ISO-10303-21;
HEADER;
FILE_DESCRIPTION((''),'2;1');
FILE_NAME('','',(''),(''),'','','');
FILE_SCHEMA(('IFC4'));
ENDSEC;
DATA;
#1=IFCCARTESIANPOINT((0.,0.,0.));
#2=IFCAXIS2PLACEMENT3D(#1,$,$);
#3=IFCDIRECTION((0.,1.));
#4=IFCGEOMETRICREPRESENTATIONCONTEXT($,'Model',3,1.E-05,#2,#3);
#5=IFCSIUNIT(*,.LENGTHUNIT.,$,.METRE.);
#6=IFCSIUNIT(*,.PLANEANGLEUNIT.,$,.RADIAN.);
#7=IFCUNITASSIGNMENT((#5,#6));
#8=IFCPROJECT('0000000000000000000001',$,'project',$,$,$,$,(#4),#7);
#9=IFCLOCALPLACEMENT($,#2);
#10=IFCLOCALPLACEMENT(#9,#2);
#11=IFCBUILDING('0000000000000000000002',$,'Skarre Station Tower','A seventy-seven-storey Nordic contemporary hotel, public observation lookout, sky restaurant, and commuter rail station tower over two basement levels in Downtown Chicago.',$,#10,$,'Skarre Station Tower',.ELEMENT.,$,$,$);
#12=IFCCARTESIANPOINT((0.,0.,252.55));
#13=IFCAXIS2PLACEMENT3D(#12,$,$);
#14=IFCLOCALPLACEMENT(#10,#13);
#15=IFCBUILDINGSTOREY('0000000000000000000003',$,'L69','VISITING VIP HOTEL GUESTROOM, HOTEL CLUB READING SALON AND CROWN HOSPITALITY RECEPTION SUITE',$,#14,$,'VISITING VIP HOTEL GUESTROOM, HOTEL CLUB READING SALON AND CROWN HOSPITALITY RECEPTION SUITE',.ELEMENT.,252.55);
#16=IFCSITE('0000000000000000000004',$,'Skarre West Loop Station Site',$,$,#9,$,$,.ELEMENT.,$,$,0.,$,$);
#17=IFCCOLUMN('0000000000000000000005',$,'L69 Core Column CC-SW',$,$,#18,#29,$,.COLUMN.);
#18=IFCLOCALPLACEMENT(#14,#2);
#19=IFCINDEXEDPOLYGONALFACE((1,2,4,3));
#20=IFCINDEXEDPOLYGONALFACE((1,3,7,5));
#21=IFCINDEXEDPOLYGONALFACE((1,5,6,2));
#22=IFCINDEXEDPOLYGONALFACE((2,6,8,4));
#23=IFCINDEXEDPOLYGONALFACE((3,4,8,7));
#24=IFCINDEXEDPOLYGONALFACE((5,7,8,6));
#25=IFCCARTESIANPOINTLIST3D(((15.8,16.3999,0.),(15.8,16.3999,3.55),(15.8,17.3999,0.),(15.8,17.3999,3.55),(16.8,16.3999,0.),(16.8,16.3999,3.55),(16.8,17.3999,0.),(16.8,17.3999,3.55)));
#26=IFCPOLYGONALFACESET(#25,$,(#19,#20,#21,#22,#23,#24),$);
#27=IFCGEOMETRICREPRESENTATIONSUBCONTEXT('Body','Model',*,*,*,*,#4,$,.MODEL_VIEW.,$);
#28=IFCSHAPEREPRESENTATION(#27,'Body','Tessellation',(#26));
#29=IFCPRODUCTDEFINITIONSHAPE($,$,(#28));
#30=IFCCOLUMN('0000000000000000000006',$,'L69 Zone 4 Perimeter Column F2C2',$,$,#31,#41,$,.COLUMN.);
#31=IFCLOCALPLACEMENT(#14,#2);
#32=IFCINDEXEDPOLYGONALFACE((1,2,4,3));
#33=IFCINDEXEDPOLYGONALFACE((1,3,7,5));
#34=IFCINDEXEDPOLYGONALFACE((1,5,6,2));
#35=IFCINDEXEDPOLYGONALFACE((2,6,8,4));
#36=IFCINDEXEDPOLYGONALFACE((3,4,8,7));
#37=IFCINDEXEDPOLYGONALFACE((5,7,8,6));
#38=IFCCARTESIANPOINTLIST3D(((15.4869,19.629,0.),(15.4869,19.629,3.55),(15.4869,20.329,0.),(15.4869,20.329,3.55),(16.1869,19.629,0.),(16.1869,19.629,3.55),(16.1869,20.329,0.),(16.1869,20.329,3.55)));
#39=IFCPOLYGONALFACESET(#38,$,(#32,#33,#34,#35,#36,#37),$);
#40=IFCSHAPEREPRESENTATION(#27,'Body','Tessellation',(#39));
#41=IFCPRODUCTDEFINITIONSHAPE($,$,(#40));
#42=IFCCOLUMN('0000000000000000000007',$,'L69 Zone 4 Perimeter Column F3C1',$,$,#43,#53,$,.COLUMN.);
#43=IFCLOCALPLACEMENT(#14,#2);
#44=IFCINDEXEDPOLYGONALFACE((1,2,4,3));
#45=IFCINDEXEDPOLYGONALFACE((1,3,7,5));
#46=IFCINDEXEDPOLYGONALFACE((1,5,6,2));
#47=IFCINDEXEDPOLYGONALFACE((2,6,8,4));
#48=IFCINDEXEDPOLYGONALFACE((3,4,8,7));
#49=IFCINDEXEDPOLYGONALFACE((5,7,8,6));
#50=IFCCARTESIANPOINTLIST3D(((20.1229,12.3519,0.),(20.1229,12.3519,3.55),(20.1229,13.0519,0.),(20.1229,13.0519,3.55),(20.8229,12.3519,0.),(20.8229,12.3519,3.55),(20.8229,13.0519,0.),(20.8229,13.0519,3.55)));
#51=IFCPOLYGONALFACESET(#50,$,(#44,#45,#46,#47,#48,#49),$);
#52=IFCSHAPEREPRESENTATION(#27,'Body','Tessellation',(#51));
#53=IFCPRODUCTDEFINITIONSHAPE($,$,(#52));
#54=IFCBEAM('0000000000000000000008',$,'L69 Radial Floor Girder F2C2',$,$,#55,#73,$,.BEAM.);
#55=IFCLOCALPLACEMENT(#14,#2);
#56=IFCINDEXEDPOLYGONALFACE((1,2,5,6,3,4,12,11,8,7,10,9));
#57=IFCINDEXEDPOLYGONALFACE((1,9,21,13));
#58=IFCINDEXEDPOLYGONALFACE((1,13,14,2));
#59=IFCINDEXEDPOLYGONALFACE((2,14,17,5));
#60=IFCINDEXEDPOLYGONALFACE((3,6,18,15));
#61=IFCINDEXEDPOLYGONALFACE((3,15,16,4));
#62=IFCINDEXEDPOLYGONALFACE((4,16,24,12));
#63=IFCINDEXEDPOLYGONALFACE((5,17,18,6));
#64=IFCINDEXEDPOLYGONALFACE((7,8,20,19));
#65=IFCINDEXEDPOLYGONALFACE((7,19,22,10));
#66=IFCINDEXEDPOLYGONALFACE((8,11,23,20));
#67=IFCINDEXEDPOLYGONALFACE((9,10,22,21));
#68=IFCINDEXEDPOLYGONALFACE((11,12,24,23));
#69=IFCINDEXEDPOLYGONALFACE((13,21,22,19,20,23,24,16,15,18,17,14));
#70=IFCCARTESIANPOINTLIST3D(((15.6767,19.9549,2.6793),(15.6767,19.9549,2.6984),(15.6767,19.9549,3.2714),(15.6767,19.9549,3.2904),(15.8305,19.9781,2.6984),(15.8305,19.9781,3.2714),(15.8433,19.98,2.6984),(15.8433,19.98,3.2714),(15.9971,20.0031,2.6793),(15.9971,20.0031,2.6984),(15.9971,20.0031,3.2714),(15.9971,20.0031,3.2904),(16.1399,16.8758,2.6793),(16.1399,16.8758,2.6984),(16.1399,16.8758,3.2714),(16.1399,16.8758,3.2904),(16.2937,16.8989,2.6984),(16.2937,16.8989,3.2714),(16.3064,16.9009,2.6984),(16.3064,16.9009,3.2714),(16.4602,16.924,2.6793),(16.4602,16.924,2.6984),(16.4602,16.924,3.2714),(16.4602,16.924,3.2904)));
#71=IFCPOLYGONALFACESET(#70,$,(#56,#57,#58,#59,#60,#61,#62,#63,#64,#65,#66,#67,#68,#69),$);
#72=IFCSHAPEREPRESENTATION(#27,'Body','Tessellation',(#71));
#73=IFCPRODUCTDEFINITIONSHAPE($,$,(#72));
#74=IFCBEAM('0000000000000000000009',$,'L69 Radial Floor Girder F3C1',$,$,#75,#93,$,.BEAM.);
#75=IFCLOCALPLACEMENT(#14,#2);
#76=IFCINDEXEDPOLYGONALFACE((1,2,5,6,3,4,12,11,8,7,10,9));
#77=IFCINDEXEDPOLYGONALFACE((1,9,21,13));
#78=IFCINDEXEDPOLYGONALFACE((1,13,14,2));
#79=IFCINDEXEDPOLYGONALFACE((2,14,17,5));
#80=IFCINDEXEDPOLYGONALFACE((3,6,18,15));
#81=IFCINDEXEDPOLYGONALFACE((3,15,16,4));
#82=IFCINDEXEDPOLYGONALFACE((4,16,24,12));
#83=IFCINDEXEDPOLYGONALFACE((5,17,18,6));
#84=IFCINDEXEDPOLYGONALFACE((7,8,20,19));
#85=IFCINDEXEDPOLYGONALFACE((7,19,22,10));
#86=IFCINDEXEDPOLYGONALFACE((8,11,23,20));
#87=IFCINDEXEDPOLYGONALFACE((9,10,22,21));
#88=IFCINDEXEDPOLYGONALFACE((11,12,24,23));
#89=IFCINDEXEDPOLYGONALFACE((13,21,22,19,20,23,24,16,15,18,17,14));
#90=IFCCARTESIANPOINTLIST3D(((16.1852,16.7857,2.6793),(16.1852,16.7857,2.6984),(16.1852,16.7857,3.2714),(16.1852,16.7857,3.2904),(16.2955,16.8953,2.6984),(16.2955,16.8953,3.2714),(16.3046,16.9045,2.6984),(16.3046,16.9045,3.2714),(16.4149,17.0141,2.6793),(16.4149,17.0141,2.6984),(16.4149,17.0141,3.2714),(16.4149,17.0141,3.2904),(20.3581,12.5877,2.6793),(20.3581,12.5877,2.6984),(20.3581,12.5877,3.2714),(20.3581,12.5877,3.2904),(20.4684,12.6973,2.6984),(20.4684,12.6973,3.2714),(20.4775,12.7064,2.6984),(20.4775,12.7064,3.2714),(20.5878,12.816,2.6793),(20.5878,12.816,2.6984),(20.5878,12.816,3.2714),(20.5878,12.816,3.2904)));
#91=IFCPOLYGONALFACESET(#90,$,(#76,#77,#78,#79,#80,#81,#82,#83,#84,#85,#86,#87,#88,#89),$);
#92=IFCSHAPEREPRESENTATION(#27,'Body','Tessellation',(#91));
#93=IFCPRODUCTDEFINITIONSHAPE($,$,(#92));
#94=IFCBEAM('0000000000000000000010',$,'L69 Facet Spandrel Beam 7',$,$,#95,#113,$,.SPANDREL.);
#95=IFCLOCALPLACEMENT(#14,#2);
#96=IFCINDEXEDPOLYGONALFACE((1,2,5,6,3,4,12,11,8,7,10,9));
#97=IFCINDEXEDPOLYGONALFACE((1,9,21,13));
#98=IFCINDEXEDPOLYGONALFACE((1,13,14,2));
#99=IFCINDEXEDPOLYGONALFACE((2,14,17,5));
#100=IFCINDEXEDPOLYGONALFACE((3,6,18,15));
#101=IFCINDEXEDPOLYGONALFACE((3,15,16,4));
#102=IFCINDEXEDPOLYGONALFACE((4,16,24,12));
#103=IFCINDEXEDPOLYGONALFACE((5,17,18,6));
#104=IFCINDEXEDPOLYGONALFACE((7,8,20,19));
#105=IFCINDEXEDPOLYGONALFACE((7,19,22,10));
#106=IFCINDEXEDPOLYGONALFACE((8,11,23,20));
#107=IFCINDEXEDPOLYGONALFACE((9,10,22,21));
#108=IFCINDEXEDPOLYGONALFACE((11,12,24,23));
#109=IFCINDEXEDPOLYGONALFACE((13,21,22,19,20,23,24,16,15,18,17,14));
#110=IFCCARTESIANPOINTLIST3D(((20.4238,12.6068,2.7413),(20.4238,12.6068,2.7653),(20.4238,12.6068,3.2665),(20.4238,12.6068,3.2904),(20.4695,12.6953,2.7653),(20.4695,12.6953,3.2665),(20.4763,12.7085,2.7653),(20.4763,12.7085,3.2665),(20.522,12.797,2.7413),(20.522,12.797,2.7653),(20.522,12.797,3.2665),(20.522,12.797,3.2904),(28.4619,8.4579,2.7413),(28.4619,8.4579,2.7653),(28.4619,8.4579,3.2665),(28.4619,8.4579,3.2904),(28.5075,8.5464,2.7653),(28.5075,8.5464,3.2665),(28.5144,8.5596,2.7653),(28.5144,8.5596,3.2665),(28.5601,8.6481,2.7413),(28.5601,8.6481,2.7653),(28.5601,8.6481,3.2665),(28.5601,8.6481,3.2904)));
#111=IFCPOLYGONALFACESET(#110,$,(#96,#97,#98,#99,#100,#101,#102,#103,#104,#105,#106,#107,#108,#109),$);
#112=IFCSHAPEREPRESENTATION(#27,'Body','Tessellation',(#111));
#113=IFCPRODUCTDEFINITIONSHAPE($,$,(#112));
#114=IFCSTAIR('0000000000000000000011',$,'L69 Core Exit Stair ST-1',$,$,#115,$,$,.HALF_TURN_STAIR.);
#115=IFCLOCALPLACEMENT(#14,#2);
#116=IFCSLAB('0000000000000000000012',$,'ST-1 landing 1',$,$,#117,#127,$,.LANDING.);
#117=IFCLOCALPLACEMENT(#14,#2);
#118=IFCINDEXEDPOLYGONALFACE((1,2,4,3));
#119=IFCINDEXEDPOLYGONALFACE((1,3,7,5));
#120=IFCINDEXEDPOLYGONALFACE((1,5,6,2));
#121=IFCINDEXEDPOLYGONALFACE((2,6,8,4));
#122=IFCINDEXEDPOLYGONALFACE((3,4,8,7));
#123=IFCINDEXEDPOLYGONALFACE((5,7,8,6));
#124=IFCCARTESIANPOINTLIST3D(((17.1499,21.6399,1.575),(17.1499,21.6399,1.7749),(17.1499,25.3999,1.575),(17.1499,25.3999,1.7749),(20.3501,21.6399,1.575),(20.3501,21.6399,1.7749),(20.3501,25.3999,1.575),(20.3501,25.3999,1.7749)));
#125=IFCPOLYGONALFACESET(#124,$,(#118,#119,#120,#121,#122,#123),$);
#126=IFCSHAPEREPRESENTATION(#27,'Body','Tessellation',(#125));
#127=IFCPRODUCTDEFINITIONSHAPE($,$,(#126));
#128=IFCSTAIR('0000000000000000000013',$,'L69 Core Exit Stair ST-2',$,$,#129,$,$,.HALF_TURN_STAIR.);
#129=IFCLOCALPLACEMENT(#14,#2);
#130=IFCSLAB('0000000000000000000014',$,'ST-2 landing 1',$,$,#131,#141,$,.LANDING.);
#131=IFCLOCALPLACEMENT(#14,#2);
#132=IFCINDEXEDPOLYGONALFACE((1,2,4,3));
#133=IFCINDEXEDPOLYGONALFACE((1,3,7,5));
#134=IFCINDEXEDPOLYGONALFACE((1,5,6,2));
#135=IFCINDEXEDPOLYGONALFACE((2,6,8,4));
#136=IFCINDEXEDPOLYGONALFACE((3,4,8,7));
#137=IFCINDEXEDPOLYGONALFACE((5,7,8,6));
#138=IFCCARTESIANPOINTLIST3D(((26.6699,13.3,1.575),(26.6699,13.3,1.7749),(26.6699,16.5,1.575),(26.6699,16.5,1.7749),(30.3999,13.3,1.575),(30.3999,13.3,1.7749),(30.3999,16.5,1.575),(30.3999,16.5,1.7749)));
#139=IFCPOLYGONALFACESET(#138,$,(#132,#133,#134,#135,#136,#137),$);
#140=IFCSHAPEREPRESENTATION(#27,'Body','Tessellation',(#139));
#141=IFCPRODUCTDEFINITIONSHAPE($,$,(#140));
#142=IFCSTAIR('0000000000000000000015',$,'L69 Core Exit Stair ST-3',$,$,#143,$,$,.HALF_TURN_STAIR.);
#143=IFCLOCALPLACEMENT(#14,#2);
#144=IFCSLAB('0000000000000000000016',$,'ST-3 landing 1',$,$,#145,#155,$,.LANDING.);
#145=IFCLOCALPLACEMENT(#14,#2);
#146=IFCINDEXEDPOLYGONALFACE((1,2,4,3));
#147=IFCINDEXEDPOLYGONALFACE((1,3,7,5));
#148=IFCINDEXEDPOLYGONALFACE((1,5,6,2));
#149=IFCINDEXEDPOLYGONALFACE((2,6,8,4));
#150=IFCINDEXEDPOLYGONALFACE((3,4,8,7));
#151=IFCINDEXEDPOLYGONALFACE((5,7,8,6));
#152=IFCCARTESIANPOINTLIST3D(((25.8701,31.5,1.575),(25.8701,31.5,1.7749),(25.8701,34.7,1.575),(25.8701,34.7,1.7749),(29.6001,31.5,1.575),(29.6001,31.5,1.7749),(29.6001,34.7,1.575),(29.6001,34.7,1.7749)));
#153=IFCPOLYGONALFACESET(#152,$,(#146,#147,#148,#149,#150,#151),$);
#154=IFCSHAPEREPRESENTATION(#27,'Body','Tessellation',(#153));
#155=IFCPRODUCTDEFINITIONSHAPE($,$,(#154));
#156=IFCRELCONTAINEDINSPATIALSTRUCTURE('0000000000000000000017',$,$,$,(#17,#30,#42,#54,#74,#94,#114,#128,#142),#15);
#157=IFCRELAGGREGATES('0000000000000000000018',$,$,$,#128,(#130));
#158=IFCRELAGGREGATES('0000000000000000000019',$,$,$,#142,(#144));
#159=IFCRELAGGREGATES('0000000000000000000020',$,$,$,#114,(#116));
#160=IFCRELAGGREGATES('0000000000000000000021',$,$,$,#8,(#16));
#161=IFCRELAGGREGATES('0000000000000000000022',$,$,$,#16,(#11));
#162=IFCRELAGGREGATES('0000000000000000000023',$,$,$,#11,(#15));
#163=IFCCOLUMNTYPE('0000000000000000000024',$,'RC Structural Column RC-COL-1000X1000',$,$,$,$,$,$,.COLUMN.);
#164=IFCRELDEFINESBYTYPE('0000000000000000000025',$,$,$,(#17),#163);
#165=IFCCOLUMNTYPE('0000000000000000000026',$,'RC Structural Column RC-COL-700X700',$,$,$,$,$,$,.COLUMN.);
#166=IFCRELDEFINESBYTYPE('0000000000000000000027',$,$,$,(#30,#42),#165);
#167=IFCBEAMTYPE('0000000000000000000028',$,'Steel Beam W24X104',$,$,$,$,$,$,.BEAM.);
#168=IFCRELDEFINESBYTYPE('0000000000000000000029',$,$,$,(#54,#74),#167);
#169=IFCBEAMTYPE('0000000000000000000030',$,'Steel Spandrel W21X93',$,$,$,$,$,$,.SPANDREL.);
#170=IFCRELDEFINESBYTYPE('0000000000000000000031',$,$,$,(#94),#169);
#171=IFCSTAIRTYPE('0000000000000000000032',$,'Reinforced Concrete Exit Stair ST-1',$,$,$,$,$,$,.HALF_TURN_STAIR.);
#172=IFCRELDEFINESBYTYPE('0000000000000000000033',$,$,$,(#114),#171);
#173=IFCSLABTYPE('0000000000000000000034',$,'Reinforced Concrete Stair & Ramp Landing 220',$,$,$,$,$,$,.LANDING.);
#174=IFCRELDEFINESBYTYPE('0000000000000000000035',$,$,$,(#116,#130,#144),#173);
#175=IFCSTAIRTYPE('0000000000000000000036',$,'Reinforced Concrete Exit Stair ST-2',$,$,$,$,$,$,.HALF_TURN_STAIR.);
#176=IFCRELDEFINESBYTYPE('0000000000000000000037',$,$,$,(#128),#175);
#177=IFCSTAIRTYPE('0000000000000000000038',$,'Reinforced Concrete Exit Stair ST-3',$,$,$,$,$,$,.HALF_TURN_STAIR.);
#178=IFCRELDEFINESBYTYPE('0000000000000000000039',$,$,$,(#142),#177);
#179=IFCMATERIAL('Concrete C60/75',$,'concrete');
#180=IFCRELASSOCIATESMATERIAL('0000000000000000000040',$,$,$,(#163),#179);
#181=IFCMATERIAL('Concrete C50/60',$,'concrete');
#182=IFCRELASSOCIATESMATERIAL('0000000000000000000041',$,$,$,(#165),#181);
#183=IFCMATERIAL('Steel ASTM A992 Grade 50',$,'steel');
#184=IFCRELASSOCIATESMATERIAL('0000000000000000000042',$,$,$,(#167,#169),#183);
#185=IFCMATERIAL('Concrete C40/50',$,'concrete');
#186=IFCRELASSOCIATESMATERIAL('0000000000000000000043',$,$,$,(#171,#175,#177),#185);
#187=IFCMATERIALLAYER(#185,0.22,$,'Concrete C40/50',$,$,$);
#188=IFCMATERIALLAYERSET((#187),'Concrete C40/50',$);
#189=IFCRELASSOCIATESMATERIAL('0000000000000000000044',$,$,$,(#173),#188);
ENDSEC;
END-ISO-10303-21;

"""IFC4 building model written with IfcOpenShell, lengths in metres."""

from ifc_helpers import new_model, si_unit, direction, frame, origin, origin_2d, place, context, subcontext, project, spatial, polyline, rectangle, i_section, outline, extrude, material, layer, layer_set, material_profile, profile_set, type_object, element, aggregate, save


model = new_model("IFC4")

# Units and contexts
model_context = context("Model", 3, precision=1e-05, world=origin(), true_north=direction((0.0, 1.0)))
body_context = subcontext(model_context, "Body", "Model", "MODEL_VIEW")
ifc_project = project(units=[si_unit("LENGTHUNIT", "METRE"), si_unit("PLANEANGLEUNIT", "RADIAN")], contexts=[model_context])

# Site, building, storey
site_placement = place(None, origin())
site = spatial("IfcSite", under=ifc_project, at=site_placement, Name="Skarre West Loop Station Site", CompositionType="ELEMENT", RefElevation=0.0)
building_placement = place(site_placement, origin())
building = spatial("IfcBuilding", under=site, at=building_placement, Name="Skarre Station Tower", Description="A seventy-seven-storey Nordic contemporary hotel, public observation lookout, sky restaurant, and commuter rail station tower over two basement levels in Downtown Chicago.", LongName="Skarre Station Tower", CompositionType="ELEMENT")
storey_placement = place(building_placement, frame((0.0, 0.0, 252.55)))
storey = spatial("IfcBuildingStorey", under=building, at=storey_placement, Name="L69", Description="VISITING VIP HOTEL GUESTROOM, HOTEL CLUB READING SALON AND CROWN HOSPITALITY RECEPTION SUITE", LongName="VISITING VIP HOTEL GUESTROOM, HOTEL CLUB READING SALON AND CROWN HOSPITALITY RECEPTION SUITE", CompositionType="ELEMENT", Elevation=252.55)

# Columns
ifc_material_1 = material(Name="Concrete C60/75", Category="concrete")
ifc_material_profile_1 = material_profile(ifc_material_1, rectangle(XDim=1.0, YDim=1.0, at=origin_2d()), Name="Concrete C60/75")
ifc_profile_set_1 = profile_set([ifc_material_profile_1], Name="Concrete C60/75")
column_type_1 = type_object("IfcColumnType", Name="RC Structural Column RC-COL-1000X1000", PredefinedType="COLUMN", material=ifc_profile_set_1)
column_placement = place(storey_placement, frame((16.3, 16.8999, 0.0), z_axis=(0.0, 0.0, 1.0), x_axis=(1.0, 0.0, 0.0)))
element("IfcColumn", 1, at=column_placement, inside=storey, type_object=column_type_1, Name="L69 Core Column CC-SW", PredefinedType="COLUMN", context=body_context, shape_type="SweptSolid", body=[
    extrude(rectangle(XDim=1.0, YDim=1.0, at=origin_2d()), origin(), (0.0, 0.0, 1.0), 3.55),
])
ifc_material_2 = material(Name="Concrete C50/60", Category="concrete")
ifc_material_profile_2 = material_profile(ifc_material_2, rectangle(XDim=0.7, YDim=0.7, at=origin_2d()), Name="Concrete C50/60")
ifc_profile_set_2 = profile_set([ifc_material_profile_2], Name="Concrete C50/60")
column_type_2 = type_object("IfcColumnType", Name="RC Structural Column RC-COL-700X700", PredefinedType="COLUMN", material=ifc_profile_set_2)
for number, where, z_axis, x_axis, name in (
    (2, (15.8369, 19.979, 0.0), (0.0, 0.0, 1.0), (1.0, 0.0, 0.0), "L69 Zone 4 Perimeter Column F2C2"),
    (3, (20.4729, 12.7019, 0.0), (0.0, 0.0, 1.0), (1.0, 0.0, 0.0), "L69 Zone 4 Perimeter Column F3C1"),
):
    element("IfcColumn", number, at=place(storey_placement, frame(where, z_axis=z_axis, x_axis=x_axis)), inside=storey, type_object=column_type_2, Name=name, PredefinedType="COLUMN", context=body_context, shape_type="SweptSolid", body=[
        extrude(rectangle(XDim=0.7, YDim=0.7, at=origin_2d()), origin(), (0.0, 0.0, 1.0), 3.55),
    ])

# Beams
ifc_material_3 = material(Name="Steel ASTM A992 Grade 50", Category="steel")
ifc_material_profile_3 = material_profile(ifc_material_3, i_section(OverallWidth=0.324, OverallDepth=0.6111, WebThickness=0.0129, FlangeThickness=0.019, at=origin_2d()), Name="Steel ASTM A992 Grade 50")
ifc_profile_set_3 = profile_set([ifc_material_profile_3], Name="Steel ASTM A992 Grade 50")
beam_type_1 = type_object("IfcBeamType", Name="Steel Beam W24X104", PredefinedType="BEAM", material=ifc_profile_set_3)
beam_1_placement = place(storey_placement, frame((16.3, 16.8999, 2.9849), z_axis=(-0.148739, 0.988876, 0.0), x_axis=(-0.988876, -0.148739, 0.0)))
element("IfcBeam", 4, at=beam_1_placement, inside=storey, type_object=beam_type_1, Name="L69 Radial Floor Girder F2C2", PredefinedType="BEAM", context=body_context, shape_type="SweptSolid", body=[
    extrude(i_section(OverallWidth=0.324, OverallDepth=0.6111, WebThickness=0.0129, FlangeThickness=0.019, at=origin_2d()), origin(), (0.0, 0.0, 1.0), 3.1138),
])
beam_2_placement = place(storey_placement, frame((16.3, 16.8999, 2.9849), z_axis=(0.704979, -0.709228, 0.0), x_axis=(0.709228, 0.704979, 0.0)))
element("IfcBeam", 5, at=beam_2_placement, inside=storey, type_object=beam_type_1, Name="L69 Radial Floor Girder F3C1", PredefinedType="BEAM", context=body_context, shape_type="SweptSolid", body=[
    extrude(i_section(OverallWidth=0.324, OverallDepth=0.6111, WebThickness=0.0129, FlangeThickness=0.019, at=origin_2d()), origin(), (0.0, 0.0, 1.0), 5.9192),
])
ifc_material_profile_4 = material_profile(ifc_material_3, i_section(OverallWidth=0.2141, OverallDepth=0.5491, WebThickness=0.0149, FlangeThickness=0.0239, at=origin_2d()), Name="Steel ASTM A992 Grade 50")
ifc_profile_set_4 = profile_set([ifc_material_profile_4], Name="Steel ASTM A992 Grade 50")
beam_type_2 = type_object("IfcBeamType", Name="Steel Spandrel W21X93", PredefinedType="SPANDREL", material=ifc_profile_set_4)
beam_3_placement = place(storey_placement, frame((20.4729, 12.7019, 3.0159), z_axis=(0.88861, -0.458664, 0.0), x_axis=(0.458664, 0.88861, 0.0)))
element("IfcBeam", 6, at=beam_3_placement, inside=storey, type_object=beam_type_2, Name="L69 Facet Spandrel Beam 7", PredefinedType="SPANDREL", context=body_context, shape_type="SweptSolid", body=[
    extrude(i_section(OverallWidth=0.2141, OverallDepth=0.5491, WebThickness=0.0149, FlangeThickness=0.0239, at=origin_2d()), origin(), (0.0, 0.0, 1.0), 9.0457),
])

# Stairs, slabs
ifc_material_4 = material(Name="Concrete C40/50", Category="concrete")
stair_type_1 = type_object("IfcStairType", Name="Reinforced Concrete Exit Stair ST-1", PredefinedType="HALF_TURN_STAIR", material=ifc_material_4)
stair_1_placement = place(storey_placement, origin())
stair_1 = element("IfcStair", 7, at=stair_1_placement, inside=storey, type_object=stair_type_1, Name="L69 Core Exit Stair ST-1", PredefinedType="HALF_TURN_STAIR")
ifc_layer_1 = layer(ifc_material_4, 0.22, Name="Concrete C40/50")
ifc_layer_set_1 = layer_set([ifc_layer_1], Name="Concrete C40/50")
slab_type_1 = type_object("IfcSlabType", Name="Reinforced Concrete Stair & Ramp Landing 220", PredefinedType="LANDING", material=ifc_layer_set_1)
slab_1_placement = place(storey_placement, frame((0.0, 0.0, 1.575)))
slab_1 = element("IfcSlab", 8, at=slab_1_placement, type_object=slab_type_1, Name="ST-1 landing 1", PredefinedType="LANDING", context=body_context, shape_type="SweptSolid", body=[
    extrude(outline(polyline([(20.3501, 21.6399), (20.3501, 25.3999), (17.1499, 25.3999), (17.1499, 21.6399), (20.3501, 21.6399)])), origin(), (0.0, 0.0, 1.0), 0.2),
])
stair_type_2 = type_object("IfcStairType", Name="Reinforced Concrete Exit Stair ST-2", PredefinedType="HALF_TURN_STAIR", material=ifc_material_4)
stair_2_placement = place(storey_placement, origin())
stair_2 = element("IfcStair", 9, at=stair_2_placement, inside=storey, type_object=stair_type_2, Name="L69 Core Exit Stair ST-2", PredefinedType="HALF_TURN_STAIR")
slab_2_placement = place(storey_placement, frame((0.0, 0.0, 1.575)))
slab_2 = element("IfcSlab", 10, at=slab_2_placement, type_object=slab_type_1, Name="ST-2 landing 1", PredefinedType="LANDING", context=body_context, shape_type="SweptSolid", body=[
    extrude(outline(polyline([(26.6699, 13.3), (30.3999, 13.3), (30.3999, 16.5), (26.6699, 16.5), (26.6699, 13.3)])), origin(), (0.0, 0.0, 1.0), 0.2),
])
aggregate(stair_2, [slab_2])
stair_type_3 = type_object("IfcStairType", Name="Reinforced Concrete Exit Stair ST-3", PredefinedType="HALF_TURN_STAIR", material=ifc_material_4)
stair_3_placement = place(storey_placement, origin())
stair_3 = element("IfcStair", 11, at=stair_3_placement, inside=storey, type_object=stair_type_3, Name="L69 Core Exit Stair ST-3", PredefinedType="HALF_TURN_STAIR")
slab_3_placement = place(storey_placement, frame((0.0, 0.0, 1.575)))
slab_3 = element("IfcSlab", 12, at=slab_3_placement, type_object=slab_type_1, Name="ST-3 landing 1", PredefinedType="LANDING", context=body_context, shape_type="SweptSolid", body=[
    extrude(outline(polyline([(25.8701, 31.5), (29.6001, 31.5), (29.6001, 34.7), (25.8701, 34.7), (25.8701, 31.5)])), origin(), (0.0, 0.0, 1.0), 0.2),
])
aggregate(stair_3, [slab_3])

aggregate(stair_1, [slab_1])

save(model, "model.ifc")
